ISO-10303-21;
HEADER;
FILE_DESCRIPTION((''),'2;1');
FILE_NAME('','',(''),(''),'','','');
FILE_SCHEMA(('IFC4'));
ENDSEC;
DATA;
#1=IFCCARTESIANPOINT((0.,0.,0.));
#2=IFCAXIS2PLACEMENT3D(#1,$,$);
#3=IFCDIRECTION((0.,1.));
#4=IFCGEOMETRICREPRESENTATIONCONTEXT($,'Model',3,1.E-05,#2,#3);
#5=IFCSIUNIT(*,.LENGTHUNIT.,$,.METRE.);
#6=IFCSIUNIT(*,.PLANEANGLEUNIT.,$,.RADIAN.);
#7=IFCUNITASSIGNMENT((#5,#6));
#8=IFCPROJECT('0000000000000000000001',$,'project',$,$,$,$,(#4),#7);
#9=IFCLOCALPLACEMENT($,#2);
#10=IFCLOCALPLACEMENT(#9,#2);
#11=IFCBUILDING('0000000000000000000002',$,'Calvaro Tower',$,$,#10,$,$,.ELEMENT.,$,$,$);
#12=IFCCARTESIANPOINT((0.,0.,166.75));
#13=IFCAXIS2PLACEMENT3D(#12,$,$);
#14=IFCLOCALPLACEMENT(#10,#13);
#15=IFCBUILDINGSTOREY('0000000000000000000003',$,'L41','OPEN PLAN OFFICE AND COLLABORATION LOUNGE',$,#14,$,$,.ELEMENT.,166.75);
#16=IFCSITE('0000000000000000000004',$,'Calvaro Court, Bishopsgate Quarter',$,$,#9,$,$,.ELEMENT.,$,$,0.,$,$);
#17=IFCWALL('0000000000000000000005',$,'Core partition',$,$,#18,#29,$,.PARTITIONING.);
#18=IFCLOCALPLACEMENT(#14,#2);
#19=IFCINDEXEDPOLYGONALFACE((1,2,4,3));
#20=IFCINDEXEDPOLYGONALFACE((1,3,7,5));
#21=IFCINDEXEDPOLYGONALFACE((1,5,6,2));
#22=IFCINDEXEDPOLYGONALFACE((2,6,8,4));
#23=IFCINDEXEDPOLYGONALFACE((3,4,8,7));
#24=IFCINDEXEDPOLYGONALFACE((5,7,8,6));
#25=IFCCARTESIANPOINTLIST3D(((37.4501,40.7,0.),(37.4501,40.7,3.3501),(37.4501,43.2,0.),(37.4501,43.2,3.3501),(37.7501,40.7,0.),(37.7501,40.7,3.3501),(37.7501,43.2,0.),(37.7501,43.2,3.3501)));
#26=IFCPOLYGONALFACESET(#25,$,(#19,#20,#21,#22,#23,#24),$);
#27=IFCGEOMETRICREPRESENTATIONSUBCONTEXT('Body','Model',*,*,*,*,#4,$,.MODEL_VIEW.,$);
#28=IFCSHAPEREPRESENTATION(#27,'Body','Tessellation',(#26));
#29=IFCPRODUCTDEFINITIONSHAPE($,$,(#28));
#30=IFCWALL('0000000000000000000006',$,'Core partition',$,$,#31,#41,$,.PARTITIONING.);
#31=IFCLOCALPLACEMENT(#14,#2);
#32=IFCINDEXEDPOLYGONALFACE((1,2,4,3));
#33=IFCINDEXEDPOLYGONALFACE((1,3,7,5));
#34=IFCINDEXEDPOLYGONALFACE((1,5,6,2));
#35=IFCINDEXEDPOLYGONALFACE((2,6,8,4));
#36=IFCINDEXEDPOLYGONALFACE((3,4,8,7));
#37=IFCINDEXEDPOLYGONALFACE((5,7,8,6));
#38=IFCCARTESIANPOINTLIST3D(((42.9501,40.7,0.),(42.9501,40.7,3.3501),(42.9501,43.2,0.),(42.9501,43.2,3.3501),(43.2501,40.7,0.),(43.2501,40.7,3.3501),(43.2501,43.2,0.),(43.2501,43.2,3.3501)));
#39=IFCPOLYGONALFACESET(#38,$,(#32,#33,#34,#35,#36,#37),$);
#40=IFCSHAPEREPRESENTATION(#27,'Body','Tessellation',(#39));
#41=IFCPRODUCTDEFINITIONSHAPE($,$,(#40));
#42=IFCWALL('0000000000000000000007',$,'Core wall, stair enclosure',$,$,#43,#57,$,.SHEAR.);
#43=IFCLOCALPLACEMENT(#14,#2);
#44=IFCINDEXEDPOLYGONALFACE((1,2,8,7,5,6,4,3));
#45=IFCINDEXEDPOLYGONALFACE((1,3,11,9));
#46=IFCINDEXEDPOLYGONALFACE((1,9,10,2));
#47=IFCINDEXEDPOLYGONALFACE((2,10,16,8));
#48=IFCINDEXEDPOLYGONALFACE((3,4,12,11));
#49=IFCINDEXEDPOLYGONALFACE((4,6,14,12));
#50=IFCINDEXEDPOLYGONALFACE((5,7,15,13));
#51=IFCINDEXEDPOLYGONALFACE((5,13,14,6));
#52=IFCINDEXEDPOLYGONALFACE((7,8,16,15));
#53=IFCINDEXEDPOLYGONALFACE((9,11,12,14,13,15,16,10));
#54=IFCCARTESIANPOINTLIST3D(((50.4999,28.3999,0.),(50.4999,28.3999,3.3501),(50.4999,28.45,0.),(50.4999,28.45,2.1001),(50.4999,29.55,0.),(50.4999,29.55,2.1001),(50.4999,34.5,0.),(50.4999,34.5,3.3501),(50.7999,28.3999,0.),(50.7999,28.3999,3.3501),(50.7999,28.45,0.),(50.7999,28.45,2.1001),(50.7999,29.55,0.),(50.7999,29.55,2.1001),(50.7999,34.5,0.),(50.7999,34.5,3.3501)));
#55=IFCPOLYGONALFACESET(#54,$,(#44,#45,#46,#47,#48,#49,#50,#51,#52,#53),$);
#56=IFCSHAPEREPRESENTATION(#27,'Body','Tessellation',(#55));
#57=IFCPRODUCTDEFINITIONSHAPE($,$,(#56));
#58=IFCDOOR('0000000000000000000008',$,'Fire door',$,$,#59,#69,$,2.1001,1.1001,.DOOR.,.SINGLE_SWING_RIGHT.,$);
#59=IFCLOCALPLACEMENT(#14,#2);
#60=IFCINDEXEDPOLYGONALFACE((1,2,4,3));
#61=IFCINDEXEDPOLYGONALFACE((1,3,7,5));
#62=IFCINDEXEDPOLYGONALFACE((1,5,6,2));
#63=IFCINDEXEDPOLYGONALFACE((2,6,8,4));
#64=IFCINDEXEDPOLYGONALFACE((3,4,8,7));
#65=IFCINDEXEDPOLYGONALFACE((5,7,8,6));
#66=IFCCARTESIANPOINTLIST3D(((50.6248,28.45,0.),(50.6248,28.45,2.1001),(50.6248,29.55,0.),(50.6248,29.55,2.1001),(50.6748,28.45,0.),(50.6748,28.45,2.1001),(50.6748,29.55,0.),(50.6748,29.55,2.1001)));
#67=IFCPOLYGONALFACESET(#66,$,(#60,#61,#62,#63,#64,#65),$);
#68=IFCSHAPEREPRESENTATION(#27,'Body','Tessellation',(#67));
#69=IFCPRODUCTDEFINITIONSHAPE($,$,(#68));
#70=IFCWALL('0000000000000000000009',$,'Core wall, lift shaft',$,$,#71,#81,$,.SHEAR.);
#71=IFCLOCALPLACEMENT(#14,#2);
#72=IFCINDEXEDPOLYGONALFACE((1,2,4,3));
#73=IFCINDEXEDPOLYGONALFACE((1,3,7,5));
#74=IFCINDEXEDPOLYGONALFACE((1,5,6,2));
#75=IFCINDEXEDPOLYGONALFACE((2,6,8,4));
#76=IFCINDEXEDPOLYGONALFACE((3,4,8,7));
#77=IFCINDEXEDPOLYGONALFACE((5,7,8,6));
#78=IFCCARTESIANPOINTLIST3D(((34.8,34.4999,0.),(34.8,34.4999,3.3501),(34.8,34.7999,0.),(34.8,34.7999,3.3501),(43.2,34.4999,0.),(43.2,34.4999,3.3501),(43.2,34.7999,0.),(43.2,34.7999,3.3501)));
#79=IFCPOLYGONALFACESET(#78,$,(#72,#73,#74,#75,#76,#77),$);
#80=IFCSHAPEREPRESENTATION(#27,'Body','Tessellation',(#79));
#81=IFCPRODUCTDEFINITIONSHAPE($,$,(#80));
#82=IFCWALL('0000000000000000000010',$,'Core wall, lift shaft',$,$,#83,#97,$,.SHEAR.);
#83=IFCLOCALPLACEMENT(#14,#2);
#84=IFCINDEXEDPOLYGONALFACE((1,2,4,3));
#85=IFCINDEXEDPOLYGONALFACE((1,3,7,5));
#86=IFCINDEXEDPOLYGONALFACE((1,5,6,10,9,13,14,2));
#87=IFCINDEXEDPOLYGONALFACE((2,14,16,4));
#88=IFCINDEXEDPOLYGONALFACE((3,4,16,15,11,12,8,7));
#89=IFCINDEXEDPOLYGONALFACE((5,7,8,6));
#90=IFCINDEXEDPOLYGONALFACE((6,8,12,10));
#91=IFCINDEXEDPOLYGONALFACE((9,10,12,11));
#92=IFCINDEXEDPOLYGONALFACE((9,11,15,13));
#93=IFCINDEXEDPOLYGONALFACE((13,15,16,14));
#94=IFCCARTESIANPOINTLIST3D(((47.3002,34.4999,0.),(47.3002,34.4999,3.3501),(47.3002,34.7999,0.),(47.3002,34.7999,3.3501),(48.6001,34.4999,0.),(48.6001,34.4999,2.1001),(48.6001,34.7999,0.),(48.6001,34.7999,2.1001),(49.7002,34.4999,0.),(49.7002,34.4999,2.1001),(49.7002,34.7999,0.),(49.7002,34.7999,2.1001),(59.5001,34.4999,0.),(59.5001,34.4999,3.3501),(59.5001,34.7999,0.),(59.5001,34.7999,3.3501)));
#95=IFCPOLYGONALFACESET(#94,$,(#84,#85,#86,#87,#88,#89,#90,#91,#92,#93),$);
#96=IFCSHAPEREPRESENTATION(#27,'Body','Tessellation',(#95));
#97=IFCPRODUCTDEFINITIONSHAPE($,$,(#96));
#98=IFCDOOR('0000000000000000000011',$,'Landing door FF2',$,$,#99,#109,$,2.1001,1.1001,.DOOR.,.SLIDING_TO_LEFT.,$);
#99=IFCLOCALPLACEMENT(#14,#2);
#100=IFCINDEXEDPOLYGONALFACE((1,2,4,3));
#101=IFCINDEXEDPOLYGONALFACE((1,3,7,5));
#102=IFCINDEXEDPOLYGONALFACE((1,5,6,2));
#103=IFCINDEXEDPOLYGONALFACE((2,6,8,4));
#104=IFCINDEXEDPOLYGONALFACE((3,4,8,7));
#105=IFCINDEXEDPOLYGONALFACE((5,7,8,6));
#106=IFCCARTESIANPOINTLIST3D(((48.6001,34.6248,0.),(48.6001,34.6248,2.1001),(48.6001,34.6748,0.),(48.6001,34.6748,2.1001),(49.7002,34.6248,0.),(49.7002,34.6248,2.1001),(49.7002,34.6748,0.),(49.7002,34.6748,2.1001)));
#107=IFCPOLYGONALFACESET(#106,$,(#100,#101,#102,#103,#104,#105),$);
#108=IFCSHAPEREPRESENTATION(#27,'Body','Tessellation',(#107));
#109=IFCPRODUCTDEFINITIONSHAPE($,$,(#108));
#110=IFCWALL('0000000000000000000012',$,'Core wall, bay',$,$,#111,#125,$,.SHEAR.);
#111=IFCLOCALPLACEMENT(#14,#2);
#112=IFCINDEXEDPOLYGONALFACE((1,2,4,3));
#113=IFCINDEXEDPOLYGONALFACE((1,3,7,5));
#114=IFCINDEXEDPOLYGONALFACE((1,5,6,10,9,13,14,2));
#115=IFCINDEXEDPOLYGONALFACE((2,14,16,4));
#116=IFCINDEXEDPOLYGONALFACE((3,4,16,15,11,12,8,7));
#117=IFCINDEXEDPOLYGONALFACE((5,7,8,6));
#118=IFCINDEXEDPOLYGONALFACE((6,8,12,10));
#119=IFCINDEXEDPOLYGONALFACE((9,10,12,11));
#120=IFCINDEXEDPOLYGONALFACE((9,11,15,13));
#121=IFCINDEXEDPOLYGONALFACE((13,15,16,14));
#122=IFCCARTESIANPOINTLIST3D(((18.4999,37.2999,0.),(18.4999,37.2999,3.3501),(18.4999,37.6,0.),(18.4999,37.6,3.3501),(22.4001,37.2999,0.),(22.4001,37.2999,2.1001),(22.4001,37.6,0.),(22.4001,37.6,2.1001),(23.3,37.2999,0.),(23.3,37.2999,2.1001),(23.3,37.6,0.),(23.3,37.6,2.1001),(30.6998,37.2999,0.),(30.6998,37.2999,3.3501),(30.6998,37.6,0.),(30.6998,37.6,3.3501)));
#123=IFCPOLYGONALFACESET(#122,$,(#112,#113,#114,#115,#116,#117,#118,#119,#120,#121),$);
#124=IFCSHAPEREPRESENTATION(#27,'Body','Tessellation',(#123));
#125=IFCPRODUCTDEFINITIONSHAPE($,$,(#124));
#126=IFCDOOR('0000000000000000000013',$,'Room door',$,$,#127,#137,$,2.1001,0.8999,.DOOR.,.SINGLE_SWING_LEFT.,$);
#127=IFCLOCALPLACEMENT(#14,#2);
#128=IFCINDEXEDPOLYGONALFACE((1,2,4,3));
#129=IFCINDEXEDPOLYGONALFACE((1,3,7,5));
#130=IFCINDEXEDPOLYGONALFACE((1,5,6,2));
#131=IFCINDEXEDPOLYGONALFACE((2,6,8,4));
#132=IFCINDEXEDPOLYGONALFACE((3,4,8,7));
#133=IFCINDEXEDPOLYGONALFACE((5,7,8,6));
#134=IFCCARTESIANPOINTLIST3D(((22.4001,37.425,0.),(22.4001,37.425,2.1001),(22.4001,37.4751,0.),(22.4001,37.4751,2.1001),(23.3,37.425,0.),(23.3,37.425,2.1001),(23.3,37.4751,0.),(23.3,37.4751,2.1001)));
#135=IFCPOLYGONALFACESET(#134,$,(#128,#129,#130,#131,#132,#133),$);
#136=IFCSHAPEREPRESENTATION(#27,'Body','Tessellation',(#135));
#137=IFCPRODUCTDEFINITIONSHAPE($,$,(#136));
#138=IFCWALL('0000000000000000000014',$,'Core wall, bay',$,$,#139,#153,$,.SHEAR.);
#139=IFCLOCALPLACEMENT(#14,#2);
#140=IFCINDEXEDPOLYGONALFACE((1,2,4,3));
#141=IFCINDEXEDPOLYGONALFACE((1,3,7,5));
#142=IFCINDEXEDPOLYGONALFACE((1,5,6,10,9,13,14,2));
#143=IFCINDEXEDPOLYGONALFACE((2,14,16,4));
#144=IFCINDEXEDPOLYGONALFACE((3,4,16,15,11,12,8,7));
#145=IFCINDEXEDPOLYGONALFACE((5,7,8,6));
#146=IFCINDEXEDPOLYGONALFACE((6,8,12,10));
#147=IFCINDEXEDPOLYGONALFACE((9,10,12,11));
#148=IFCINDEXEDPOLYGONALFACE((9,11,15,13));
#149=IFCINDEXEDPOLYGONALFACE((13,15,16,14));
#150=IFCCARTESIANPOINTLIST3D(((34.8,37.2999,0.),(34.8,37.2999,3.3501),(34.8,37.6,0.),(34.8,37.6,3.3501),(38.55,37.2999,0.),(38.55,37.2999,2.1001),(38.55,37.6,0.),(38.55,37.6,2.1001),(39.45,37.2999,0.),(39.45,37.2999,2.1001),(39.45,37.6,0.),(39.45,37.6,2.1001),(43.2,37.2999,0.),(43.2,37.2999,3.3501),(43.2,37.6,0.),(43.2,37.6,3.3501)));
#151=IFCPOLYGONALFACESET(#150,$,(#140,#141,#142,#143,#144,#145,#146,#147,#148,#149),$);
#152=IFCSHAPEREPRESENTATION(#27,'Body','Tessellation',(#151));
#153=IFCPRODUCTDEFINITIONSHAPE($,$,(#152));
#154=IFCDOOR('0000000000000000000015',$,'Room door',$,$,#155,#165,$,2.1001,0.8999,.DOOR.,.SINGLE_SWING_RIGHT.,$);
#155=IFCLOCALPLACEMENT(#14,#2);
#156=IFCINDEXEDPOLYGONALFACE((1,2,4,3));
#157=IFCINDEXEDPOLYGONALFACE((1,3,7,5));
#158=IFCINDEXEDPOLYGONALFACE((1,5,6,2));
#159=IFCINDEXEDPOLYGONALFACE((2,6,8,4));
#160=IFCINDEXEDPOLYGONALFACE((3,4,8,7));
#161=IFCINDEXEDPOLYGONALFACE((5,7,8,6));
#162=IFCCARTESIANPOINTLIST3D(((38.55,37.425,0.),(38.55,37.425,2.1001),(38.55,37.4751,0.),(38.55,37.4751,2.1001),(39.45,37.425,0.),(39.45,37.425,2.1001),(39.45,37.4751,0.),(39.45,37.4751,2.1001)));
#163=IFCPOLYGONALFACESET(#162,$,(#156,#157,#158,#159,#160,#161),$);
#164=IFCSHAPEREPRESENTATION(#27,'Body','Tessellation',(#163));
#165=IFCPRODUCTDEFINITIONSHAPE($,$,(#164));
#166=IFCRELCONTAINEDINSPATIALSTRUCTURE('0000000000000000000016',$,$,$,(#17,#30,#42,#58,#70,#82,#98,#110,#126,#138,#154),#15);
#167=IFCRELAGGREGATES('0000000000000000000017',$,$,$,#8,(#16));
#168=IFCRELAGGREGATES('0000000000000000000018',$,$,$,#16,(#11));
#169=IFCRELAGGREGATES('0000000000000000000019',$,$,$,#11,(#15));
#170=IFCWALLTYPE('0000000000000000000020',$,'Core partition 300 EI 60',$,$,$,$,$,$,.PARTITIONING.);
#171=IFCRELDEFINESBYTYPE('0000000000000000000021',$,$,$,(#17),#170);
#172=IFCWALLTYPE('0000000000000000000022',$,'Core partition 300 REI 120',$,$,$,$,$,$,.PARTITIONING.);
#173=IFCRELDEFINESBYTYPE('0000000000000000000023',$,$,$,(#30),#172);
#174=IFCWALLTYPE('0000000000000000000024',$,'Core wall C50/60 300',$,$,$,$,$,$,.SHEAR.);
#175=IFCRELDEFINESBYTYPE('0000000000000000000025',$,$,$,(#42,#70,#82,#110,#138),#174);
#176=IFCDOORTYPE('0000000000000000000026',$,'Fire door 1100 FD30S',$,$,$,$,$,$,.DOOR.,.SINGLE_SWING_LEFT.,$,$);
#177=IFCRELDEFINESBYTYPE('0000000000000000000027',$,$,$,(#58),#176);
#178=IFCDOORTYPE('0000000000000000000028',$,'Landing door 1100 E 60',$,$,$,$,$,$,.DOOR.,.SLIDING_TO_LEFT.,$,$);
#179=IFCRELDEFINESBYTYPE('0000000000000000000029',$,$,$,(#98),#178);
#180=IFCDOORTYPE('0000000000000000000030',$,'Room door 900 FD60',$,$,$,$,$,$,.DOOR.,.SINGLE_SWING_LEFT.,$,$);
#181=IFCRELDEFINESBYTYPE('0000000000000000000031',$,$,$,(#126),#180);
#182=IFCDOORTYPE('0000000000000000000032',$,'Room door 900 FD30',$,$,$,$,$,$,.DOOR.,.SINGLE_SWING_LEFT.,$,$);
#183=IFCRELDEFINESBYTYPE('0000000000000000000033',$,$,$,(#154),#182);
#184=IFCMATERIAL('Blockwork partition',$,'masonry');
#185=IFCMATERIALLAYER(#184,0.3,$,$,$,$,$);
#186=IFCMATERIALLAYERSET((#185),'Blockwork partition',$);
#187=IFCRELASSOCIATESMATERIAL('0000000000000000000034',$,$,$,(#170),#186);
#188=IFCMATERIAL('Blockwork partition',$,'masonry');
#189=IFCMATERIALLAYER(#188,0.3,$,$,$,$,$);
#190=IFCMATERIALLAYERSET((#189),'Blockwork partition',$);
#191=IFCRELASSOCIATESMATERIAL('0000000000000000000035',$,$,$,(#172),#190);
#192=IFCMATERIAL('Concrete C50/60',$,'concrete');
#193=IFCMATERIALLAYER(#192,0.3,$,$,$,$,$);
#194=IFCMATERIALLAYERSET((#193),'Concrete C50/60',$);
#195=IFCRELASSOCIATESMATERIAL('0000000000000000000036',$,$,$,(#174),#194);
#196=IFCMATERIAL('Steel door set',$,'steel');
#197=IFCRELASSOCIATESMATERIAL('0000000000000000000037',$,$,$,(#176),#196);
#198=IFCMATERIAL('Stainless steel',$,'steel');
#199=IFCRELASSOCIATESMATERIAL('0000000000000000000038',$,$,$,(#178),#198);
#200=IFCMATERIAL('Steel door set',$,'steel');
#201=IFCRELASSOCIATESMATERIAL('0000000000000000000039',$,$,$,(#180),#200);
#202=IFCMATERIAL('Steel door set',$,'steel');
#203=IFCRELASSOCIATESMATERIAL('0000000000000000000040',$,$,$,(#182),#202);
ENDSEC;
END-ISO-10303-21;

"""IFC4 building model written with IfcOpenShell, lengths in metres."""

from ifc_helpers import new_model, si_unit, direction, frame, frame_2d, origin, place, context, subcontext, project, spatial, rectangle, extrude, material, layer, layer_set, type_object, element, fill, save


model = new_model("IFC4")

# Units and contexts
model_context = context("Model", 3, precision=1e-05, world=origin(), true_north=direction((0.0, 1.0)))
body_context = subcontext(model_context, "Body", "Model", "MODEL_VIEW")
ifc_project = project(units=[si_unit("LENGTHUNIT", "METRE"), si_unit("PLANEANGLEUNIT", "RADIAN")], contexts=[model_context])

# Site, building, storey
site_placement = place(None, origin())
site = spatial("IfcSite", under=ifc_project, at=site_placement, Name="Calvaro Court, Bishopsgate Quarter", CompositionType="ELEMENT", RefElevation=0.0)
building_placement = place(site_placement, origin())
building = spatial("IfcBuilding", under=site, at=building_placement, Name="Calvaro Tower", CompositionType="ELEMENT")
storey_placement = place(building_placement, frame((0.0, 0.0, 166.75)))
storey = spatial("IfcBuildingStorey", under=building, at=storey_placement, Name="L41", Description="OPEN PLAN OFFICE AND COLLABORATION LOUNGE", CompositionType="ELEMENT", Elevation=166.75)

# Walls
ifc_material_1 = material(Name="Blockwork partition", Category="masonry")
ifc_layer_1 = layer(ifc_material_1, 0.3)
ifc_layer_set_1 = layer_set([ifc_layer_1], Name="Blockwork partition")
wall_type_1 = type_object("IfcWallType", Name="Core partition 300 EI 60", PredefinedType="PARTITIONING", material=ifc_layer_set_1)
wall_1_placement = place(storey_placement, frame((37.6001, 40.7, 0.0), z_axis=(0.0, 0.0, 1.0), x_axis=(0.0, 1.0, 0.0)))
element("IfcWall", 1, at=wall_1_placement, inside=storey, type_object=wall_type_1, Name="Core partition", PredefinedType="PARTITIONING", context=body_context, shape_type="SweptSolid", body=[
    extrude(rectangle(XDim=2.5, YDim=0.3, at=frame_2d((1.25, 0.0))), origin(), (0.0, 0.0, 1.0), 3.3501),
])
ifc_material_2 = material(Name="Blockwork partition", Category="masonry")
ifc_layer_2 = layer(ifc_material_2, 0.3)
ifc_layer_set_2 = layer_set([ifc_layer_2], Name="Blockwork partition")
wall_type_2 = type_object("IfcWallType", Name="Core partition 300 REI 120", PredefinedType="PARTITIONING", material=ifc_layer_set_2)
wall_2_placement = place(storey_placement, frame((43.1001, 40.7, 0.0), z_axis=(0.0, 0.0, 1.0), x_axis=(0.0, 1.0, 0.0)))
element("IfcWall", 2, at=wall_2_placement, inside=storey, type_object=wall_type_2, Name="Core partition", PredefinedType="PARTITIONING", context=body_context, shape_type="SweptSolid", body=[
    extrude(rectangle(XDim=2.5, YDim=0.3, at=frame_2d((1.25, 0.0))), origin(), (0.0, 0.0, 1.0), 3.3501),
])

# Wall, opening, door
ifc_material_3 = material(Name="Concrete C50/60", Category="concrete")
ifc_layer_3 = layer(ifc_material_3, 0.3)
ifc_layer_set_3 = layer_set([ifc_layer_3], Name="Concrete C50/60")
wall_type_3 = type_object("IfcWallType", Name="Core wall C50/60 300", PredefinedType="SHEAR", material=ifc_layer_set_3)
wall_3_placement = place(storey_placement, frame((50.6499, 34.5, 0.0), z_axis=(0.0, 0.0, 1.0), x_axis=(0.0, -1.0, 0.0)))
wall_3 = element("IfcWall", 3, at=wall_3_placement, inside=storey, type_object=wall_type_3, Name="Core wall, stair enclosure", PredefinedType="SHEAR", context=body_context, shape_type="SweptSolid", body=[
    extrude(rectangle(XDim=6.1001, YDim=0.3, at=frame_2d((3.05, 0.0))), origin(), (0.0, 0.0, 1.0), 3.3501),
])
opening_1_placement = place(wall_3_placement, frame((4.95, 0.0, 0.0)))
opening_1 = element("IfcOpeningElement", 4, at=opening_1_placement, cuts=wall_3, PredefinedType="OPENING", context=body_context, shape_type="SweptSolid", body=[
    extrude(rectangle(XDim=1.1001, YDim=2.1001, at=frame_2d((0.55, 1.05))), frame((0.0, 0.1599, 0.0), z_axis=(0.0, -1.0, 0.0), x_axis=(1.0, 0.0, 0.0)), (0.0, 0.0, 1.0), 0.3201),
])
ifc_material_4 = material(Name="Steel door set", Category="steel")
door_type_1 = type_object("IfcDoorType", Name="Fire door 1100 FD30S", OperationType="SINGLE_SWING_LEFT", PredefinedType="DOOR", material=ifc_material_4)
door_1_placement = place(opening_1_placement, origin())
door_1 = element("IfcDoor", 5, at=door_1_placement, inside=storey, type_object=door_type_1, Name="Fire door", OperationType="SINGLE_SWING_RIGHT", OverallHeight=2.1001, OverallWidth=1.1001, PredefinedType="DOOR", context=body_context, shape_type="SweptSolid", body=[
    extrude(rectangle(XDim=1.1001, YDim=2.1001, at=frame_2d((0.55, 1.05))), frame((0.0, 0.0249, 0.0), z_axis=(0.0, -1.0, 0.0), x_axis=(1.0, 0.0, 0.0)), (0.0, 0.0, 1.0), 0.05),
])
fill(opening_1, door_1)

# Wall
wall_4_placement = place(storey_placement, frame((34.8, 34.6499, 0.0), z_axis=(0.0, 0.0, 1.0), x_axis=(1.0, 0.0, 0.0)))
element("IfcWall", 6, at=wall_4_placement, inside=storey, type_object=wall_type_3, Name="Core wall, lift shaft", PredefinedType="SHEAR", context=body_context, shape_type="SweptSolid", body=[
    extrude(rectangle(XDim=8.3999, YDim=0.3, at=frame_2d((4.2, 0.0))), origin(), (0.0, 0.0, 1.0), 3.3501),
])

# Walls, openings, doors
wall_5_placement = place(storey_placement, frame((47.3, 34.6499, 0.0), z_axis=(0.0, 0.0, 1.0), x_axis=(1.0, 0.0, 0.0)))
wall_5 = element("IfcWall", 7, at=wall_5_placement, inside=storey, type_object=wall_type_3, Name="Core wall, lift shaft", PredefinedType="SHEAR", context=body_context, shape_type="SweptSolid", body=[
    extrude(rectangle(XDim=12.2, YDim=0.3, at=frame_2d((6.1001, 0.0))), origin(), (0.0, 0.0, 1.0), 3.3501),
])
opening_2_placement = place(wall_5_placement, frame((1.3, 0.0, 0.0)))
opening_2 = element("IfcOpeningElement", 8, at=opening_2_placement, cuts=wall_5, PredefinedType="OPENING", context=body_context, shape_type="SweptSolid", body=[
    extrude(rectangle(XDim=1.1001, YDim=2.1001, at=frame_2d((0.55, 1.05))), frame((0.0, 0.1599, 0.0), z_axis=(0.0, -1.0, 0.0), x_axis=(1.0, 0.0, 0.0)), (0.0, 0.0, 1.0), 0.3201),
])
ifc_material_5 = material(Name="Stainless steel", Category="steel")
door_type_2 = type_object("IfcDoorType", Name="Landing door 1100 E 60", OperationType="SLIDING_TO_LEFT", PredefinedType="DOOR", material=ifc_material_5)
door_2_placement = place(opening_2_placement, origin())
door_2 = element("IfcDoor", 9, at=door_2_placement, inside=storey, type_object=door_type_2, Name="Landing door FF2", OperationType="SLIDING_TO_LEFT", OverallHeight=2.1001, OverallWidth=1.1001, PredefinedType="DOOR", context=body_context, shape_type="SweptSolid", body=[
    extrude(rectangle(XDim=1.1001, YDim=2.1001, at=frame_2d((0.55, 1.05))), frame((0.0, 0.0249, 0.0), z_axis=(0.0, -1.0, 0.0), x_axis=(1.0, 0.0, 0.0)), (0.0, 0.0, 1.0), 0.05),
])
fill(opening_2, door_2)
wall_6_placement = place(storey_placement, frame((30.7, 37.45, 0.0), z_axis=(0.0, 0.0, 1.0), x_axis=(-1.0, 0.0, 0.0)))
wall_6 = element("IfcWall", 10, at=wall_6_placement, inside=storey, type_object=wall_type_3, Name="Core wall, bay", PredefinedType="SHEAR", context=body_context, shape_type="SweptSolid", body=[
    extrude(rectangle(XDim=12.2, YDim=0.3, at=frame_2d((6.1001, 0.0))), origin(), (0.0, 0.0, 1.0), 3.3501),
])
opening_3_placement = place(wall_6_placement, frame((7.3999, 0.0, 0.0)))
opening_3 = element("IfcOpeningElement", 11, at=opening_3_placement, cuts=wall_6, PredefinedType="OPENING", context=body_context, shape_type="SweptSolid", body=[
    extrude(rectangle(XDim=0.8999, YDim=2.1001, at=frame_2d((0.45, 1.05))), frame((0.0, 0.1599, 0.0), z_axis=(0.0, -1.0, 0.0), x_axis=(1.0, 0.0, 0.0)), (0.0, 0.0, 1.0), 0.3201),
])
ifc_material_6 = material(Name="Steel door set", Category="steel")
door_type_3 = type_object("IfcDoorType", Name="Room door 900 FD60", OperationType="SINGLE_SWING_LEFT", PredefinedType="DOOR", material=ifc_material_6)
door_3_placement = place(opening_3_placement, origin())
door_3 = element("IfcDoor", 12, at=door_3_placement, inside=storey, type_object=door_type_3, Name="Room door", OperationType="SINGLE_SWING_LEFT", OverallHeight=2.1001, OverallWidth=0.8999, PredefinedType="DOOR", context=body_context, shape_type="SweptSolid", body=[
    extrude(rectangle(XDim=0.8999, YDim=2.1001, at=frame_2d((0.45, 1.05))), frame((0.0, 0.0249, 0.0), z_axis=(0.0, -1.0, 0.0), x_axis=(1.0, 0.0, 0.0)), (0.0, 0.0, 1.0), 0.05),
])
fill(opening_3, door_3)
wall_7_placement = place(storey_placement, frame((43.2, 37.45, 0.0), z_axis=(0.0, 0.0, 1.0), x_axis=(-1.0, 0.0, 0.0)))
wall_7 = element("IfcWall", 13, at=wall_7_placement, inside=storey, type_object=wall_type_3, Name="Core wall, bay", PredefinedType="SHEAR", context=body_context, shape_type="SweptSolid", body=[
    extrude(rectangle(XDim=8.3999, YDim=0.3, at=frame_2d((4.2, 0.0))), origin(), (0.0, 0.0, 1.0), 3.3501),
])
opening_4_placement = place(wall_7_placement, frame((3.75, 0.0, 0.0)))
opening_4 = element("IfcOpeningElement", 14, at=opening_4_placement, cuts=wall_7, PredefinedType="OPENING", context=body_context, shape_type="SweptSolid", body=[
    extrude(rectangle(XDim=0.8999, YDim=2.1001, at=frame_2d((0.45, 1.05))), frame((0.0, 0.1599, 0.0), z_axis=(0.0, -1.0, 0.0), x_axis=(1.0, 0.0, 0.0)), (0.0, 0.0, 1.0), 0.3201),
])
ifc_material_7 = material(Name="Steel door set", Category="steel")
door_type_4 = type_object("IfcDoorType", Name="Room door 900 FD30", OperationType="SINGLE_SWING_LEFT", PredefinedType="DOOR", material=ifc_material_7)
door_4_placement = place(opening_4_placement, origin())
door_4 = element("IfcDoor", 15, at=door_4_placement, inside=storey, type_object=door_type_4, Name="Room door", OperationType="SINGLE_SWING_RIGHT", OverallHeight=2.1001, OverallWidth=0.8999, PredefinedType="DOOR", context=body_context, shape_type="SweptSolid", body=[
    extrude(rectangle(XDim=0.8999, YDim=2.1001, at=frame_2d((0.45, 1.05))), frame((0.0, 0.0249, 0.0), z_axis=(0.0, -1.0, 0.0), x_axis=(1.0, 0.0, 0.0)), (0.0, 0.0, 1.0), 0.05),
])
fill(opening_4, door_4)

save(model, "model.ifc")
